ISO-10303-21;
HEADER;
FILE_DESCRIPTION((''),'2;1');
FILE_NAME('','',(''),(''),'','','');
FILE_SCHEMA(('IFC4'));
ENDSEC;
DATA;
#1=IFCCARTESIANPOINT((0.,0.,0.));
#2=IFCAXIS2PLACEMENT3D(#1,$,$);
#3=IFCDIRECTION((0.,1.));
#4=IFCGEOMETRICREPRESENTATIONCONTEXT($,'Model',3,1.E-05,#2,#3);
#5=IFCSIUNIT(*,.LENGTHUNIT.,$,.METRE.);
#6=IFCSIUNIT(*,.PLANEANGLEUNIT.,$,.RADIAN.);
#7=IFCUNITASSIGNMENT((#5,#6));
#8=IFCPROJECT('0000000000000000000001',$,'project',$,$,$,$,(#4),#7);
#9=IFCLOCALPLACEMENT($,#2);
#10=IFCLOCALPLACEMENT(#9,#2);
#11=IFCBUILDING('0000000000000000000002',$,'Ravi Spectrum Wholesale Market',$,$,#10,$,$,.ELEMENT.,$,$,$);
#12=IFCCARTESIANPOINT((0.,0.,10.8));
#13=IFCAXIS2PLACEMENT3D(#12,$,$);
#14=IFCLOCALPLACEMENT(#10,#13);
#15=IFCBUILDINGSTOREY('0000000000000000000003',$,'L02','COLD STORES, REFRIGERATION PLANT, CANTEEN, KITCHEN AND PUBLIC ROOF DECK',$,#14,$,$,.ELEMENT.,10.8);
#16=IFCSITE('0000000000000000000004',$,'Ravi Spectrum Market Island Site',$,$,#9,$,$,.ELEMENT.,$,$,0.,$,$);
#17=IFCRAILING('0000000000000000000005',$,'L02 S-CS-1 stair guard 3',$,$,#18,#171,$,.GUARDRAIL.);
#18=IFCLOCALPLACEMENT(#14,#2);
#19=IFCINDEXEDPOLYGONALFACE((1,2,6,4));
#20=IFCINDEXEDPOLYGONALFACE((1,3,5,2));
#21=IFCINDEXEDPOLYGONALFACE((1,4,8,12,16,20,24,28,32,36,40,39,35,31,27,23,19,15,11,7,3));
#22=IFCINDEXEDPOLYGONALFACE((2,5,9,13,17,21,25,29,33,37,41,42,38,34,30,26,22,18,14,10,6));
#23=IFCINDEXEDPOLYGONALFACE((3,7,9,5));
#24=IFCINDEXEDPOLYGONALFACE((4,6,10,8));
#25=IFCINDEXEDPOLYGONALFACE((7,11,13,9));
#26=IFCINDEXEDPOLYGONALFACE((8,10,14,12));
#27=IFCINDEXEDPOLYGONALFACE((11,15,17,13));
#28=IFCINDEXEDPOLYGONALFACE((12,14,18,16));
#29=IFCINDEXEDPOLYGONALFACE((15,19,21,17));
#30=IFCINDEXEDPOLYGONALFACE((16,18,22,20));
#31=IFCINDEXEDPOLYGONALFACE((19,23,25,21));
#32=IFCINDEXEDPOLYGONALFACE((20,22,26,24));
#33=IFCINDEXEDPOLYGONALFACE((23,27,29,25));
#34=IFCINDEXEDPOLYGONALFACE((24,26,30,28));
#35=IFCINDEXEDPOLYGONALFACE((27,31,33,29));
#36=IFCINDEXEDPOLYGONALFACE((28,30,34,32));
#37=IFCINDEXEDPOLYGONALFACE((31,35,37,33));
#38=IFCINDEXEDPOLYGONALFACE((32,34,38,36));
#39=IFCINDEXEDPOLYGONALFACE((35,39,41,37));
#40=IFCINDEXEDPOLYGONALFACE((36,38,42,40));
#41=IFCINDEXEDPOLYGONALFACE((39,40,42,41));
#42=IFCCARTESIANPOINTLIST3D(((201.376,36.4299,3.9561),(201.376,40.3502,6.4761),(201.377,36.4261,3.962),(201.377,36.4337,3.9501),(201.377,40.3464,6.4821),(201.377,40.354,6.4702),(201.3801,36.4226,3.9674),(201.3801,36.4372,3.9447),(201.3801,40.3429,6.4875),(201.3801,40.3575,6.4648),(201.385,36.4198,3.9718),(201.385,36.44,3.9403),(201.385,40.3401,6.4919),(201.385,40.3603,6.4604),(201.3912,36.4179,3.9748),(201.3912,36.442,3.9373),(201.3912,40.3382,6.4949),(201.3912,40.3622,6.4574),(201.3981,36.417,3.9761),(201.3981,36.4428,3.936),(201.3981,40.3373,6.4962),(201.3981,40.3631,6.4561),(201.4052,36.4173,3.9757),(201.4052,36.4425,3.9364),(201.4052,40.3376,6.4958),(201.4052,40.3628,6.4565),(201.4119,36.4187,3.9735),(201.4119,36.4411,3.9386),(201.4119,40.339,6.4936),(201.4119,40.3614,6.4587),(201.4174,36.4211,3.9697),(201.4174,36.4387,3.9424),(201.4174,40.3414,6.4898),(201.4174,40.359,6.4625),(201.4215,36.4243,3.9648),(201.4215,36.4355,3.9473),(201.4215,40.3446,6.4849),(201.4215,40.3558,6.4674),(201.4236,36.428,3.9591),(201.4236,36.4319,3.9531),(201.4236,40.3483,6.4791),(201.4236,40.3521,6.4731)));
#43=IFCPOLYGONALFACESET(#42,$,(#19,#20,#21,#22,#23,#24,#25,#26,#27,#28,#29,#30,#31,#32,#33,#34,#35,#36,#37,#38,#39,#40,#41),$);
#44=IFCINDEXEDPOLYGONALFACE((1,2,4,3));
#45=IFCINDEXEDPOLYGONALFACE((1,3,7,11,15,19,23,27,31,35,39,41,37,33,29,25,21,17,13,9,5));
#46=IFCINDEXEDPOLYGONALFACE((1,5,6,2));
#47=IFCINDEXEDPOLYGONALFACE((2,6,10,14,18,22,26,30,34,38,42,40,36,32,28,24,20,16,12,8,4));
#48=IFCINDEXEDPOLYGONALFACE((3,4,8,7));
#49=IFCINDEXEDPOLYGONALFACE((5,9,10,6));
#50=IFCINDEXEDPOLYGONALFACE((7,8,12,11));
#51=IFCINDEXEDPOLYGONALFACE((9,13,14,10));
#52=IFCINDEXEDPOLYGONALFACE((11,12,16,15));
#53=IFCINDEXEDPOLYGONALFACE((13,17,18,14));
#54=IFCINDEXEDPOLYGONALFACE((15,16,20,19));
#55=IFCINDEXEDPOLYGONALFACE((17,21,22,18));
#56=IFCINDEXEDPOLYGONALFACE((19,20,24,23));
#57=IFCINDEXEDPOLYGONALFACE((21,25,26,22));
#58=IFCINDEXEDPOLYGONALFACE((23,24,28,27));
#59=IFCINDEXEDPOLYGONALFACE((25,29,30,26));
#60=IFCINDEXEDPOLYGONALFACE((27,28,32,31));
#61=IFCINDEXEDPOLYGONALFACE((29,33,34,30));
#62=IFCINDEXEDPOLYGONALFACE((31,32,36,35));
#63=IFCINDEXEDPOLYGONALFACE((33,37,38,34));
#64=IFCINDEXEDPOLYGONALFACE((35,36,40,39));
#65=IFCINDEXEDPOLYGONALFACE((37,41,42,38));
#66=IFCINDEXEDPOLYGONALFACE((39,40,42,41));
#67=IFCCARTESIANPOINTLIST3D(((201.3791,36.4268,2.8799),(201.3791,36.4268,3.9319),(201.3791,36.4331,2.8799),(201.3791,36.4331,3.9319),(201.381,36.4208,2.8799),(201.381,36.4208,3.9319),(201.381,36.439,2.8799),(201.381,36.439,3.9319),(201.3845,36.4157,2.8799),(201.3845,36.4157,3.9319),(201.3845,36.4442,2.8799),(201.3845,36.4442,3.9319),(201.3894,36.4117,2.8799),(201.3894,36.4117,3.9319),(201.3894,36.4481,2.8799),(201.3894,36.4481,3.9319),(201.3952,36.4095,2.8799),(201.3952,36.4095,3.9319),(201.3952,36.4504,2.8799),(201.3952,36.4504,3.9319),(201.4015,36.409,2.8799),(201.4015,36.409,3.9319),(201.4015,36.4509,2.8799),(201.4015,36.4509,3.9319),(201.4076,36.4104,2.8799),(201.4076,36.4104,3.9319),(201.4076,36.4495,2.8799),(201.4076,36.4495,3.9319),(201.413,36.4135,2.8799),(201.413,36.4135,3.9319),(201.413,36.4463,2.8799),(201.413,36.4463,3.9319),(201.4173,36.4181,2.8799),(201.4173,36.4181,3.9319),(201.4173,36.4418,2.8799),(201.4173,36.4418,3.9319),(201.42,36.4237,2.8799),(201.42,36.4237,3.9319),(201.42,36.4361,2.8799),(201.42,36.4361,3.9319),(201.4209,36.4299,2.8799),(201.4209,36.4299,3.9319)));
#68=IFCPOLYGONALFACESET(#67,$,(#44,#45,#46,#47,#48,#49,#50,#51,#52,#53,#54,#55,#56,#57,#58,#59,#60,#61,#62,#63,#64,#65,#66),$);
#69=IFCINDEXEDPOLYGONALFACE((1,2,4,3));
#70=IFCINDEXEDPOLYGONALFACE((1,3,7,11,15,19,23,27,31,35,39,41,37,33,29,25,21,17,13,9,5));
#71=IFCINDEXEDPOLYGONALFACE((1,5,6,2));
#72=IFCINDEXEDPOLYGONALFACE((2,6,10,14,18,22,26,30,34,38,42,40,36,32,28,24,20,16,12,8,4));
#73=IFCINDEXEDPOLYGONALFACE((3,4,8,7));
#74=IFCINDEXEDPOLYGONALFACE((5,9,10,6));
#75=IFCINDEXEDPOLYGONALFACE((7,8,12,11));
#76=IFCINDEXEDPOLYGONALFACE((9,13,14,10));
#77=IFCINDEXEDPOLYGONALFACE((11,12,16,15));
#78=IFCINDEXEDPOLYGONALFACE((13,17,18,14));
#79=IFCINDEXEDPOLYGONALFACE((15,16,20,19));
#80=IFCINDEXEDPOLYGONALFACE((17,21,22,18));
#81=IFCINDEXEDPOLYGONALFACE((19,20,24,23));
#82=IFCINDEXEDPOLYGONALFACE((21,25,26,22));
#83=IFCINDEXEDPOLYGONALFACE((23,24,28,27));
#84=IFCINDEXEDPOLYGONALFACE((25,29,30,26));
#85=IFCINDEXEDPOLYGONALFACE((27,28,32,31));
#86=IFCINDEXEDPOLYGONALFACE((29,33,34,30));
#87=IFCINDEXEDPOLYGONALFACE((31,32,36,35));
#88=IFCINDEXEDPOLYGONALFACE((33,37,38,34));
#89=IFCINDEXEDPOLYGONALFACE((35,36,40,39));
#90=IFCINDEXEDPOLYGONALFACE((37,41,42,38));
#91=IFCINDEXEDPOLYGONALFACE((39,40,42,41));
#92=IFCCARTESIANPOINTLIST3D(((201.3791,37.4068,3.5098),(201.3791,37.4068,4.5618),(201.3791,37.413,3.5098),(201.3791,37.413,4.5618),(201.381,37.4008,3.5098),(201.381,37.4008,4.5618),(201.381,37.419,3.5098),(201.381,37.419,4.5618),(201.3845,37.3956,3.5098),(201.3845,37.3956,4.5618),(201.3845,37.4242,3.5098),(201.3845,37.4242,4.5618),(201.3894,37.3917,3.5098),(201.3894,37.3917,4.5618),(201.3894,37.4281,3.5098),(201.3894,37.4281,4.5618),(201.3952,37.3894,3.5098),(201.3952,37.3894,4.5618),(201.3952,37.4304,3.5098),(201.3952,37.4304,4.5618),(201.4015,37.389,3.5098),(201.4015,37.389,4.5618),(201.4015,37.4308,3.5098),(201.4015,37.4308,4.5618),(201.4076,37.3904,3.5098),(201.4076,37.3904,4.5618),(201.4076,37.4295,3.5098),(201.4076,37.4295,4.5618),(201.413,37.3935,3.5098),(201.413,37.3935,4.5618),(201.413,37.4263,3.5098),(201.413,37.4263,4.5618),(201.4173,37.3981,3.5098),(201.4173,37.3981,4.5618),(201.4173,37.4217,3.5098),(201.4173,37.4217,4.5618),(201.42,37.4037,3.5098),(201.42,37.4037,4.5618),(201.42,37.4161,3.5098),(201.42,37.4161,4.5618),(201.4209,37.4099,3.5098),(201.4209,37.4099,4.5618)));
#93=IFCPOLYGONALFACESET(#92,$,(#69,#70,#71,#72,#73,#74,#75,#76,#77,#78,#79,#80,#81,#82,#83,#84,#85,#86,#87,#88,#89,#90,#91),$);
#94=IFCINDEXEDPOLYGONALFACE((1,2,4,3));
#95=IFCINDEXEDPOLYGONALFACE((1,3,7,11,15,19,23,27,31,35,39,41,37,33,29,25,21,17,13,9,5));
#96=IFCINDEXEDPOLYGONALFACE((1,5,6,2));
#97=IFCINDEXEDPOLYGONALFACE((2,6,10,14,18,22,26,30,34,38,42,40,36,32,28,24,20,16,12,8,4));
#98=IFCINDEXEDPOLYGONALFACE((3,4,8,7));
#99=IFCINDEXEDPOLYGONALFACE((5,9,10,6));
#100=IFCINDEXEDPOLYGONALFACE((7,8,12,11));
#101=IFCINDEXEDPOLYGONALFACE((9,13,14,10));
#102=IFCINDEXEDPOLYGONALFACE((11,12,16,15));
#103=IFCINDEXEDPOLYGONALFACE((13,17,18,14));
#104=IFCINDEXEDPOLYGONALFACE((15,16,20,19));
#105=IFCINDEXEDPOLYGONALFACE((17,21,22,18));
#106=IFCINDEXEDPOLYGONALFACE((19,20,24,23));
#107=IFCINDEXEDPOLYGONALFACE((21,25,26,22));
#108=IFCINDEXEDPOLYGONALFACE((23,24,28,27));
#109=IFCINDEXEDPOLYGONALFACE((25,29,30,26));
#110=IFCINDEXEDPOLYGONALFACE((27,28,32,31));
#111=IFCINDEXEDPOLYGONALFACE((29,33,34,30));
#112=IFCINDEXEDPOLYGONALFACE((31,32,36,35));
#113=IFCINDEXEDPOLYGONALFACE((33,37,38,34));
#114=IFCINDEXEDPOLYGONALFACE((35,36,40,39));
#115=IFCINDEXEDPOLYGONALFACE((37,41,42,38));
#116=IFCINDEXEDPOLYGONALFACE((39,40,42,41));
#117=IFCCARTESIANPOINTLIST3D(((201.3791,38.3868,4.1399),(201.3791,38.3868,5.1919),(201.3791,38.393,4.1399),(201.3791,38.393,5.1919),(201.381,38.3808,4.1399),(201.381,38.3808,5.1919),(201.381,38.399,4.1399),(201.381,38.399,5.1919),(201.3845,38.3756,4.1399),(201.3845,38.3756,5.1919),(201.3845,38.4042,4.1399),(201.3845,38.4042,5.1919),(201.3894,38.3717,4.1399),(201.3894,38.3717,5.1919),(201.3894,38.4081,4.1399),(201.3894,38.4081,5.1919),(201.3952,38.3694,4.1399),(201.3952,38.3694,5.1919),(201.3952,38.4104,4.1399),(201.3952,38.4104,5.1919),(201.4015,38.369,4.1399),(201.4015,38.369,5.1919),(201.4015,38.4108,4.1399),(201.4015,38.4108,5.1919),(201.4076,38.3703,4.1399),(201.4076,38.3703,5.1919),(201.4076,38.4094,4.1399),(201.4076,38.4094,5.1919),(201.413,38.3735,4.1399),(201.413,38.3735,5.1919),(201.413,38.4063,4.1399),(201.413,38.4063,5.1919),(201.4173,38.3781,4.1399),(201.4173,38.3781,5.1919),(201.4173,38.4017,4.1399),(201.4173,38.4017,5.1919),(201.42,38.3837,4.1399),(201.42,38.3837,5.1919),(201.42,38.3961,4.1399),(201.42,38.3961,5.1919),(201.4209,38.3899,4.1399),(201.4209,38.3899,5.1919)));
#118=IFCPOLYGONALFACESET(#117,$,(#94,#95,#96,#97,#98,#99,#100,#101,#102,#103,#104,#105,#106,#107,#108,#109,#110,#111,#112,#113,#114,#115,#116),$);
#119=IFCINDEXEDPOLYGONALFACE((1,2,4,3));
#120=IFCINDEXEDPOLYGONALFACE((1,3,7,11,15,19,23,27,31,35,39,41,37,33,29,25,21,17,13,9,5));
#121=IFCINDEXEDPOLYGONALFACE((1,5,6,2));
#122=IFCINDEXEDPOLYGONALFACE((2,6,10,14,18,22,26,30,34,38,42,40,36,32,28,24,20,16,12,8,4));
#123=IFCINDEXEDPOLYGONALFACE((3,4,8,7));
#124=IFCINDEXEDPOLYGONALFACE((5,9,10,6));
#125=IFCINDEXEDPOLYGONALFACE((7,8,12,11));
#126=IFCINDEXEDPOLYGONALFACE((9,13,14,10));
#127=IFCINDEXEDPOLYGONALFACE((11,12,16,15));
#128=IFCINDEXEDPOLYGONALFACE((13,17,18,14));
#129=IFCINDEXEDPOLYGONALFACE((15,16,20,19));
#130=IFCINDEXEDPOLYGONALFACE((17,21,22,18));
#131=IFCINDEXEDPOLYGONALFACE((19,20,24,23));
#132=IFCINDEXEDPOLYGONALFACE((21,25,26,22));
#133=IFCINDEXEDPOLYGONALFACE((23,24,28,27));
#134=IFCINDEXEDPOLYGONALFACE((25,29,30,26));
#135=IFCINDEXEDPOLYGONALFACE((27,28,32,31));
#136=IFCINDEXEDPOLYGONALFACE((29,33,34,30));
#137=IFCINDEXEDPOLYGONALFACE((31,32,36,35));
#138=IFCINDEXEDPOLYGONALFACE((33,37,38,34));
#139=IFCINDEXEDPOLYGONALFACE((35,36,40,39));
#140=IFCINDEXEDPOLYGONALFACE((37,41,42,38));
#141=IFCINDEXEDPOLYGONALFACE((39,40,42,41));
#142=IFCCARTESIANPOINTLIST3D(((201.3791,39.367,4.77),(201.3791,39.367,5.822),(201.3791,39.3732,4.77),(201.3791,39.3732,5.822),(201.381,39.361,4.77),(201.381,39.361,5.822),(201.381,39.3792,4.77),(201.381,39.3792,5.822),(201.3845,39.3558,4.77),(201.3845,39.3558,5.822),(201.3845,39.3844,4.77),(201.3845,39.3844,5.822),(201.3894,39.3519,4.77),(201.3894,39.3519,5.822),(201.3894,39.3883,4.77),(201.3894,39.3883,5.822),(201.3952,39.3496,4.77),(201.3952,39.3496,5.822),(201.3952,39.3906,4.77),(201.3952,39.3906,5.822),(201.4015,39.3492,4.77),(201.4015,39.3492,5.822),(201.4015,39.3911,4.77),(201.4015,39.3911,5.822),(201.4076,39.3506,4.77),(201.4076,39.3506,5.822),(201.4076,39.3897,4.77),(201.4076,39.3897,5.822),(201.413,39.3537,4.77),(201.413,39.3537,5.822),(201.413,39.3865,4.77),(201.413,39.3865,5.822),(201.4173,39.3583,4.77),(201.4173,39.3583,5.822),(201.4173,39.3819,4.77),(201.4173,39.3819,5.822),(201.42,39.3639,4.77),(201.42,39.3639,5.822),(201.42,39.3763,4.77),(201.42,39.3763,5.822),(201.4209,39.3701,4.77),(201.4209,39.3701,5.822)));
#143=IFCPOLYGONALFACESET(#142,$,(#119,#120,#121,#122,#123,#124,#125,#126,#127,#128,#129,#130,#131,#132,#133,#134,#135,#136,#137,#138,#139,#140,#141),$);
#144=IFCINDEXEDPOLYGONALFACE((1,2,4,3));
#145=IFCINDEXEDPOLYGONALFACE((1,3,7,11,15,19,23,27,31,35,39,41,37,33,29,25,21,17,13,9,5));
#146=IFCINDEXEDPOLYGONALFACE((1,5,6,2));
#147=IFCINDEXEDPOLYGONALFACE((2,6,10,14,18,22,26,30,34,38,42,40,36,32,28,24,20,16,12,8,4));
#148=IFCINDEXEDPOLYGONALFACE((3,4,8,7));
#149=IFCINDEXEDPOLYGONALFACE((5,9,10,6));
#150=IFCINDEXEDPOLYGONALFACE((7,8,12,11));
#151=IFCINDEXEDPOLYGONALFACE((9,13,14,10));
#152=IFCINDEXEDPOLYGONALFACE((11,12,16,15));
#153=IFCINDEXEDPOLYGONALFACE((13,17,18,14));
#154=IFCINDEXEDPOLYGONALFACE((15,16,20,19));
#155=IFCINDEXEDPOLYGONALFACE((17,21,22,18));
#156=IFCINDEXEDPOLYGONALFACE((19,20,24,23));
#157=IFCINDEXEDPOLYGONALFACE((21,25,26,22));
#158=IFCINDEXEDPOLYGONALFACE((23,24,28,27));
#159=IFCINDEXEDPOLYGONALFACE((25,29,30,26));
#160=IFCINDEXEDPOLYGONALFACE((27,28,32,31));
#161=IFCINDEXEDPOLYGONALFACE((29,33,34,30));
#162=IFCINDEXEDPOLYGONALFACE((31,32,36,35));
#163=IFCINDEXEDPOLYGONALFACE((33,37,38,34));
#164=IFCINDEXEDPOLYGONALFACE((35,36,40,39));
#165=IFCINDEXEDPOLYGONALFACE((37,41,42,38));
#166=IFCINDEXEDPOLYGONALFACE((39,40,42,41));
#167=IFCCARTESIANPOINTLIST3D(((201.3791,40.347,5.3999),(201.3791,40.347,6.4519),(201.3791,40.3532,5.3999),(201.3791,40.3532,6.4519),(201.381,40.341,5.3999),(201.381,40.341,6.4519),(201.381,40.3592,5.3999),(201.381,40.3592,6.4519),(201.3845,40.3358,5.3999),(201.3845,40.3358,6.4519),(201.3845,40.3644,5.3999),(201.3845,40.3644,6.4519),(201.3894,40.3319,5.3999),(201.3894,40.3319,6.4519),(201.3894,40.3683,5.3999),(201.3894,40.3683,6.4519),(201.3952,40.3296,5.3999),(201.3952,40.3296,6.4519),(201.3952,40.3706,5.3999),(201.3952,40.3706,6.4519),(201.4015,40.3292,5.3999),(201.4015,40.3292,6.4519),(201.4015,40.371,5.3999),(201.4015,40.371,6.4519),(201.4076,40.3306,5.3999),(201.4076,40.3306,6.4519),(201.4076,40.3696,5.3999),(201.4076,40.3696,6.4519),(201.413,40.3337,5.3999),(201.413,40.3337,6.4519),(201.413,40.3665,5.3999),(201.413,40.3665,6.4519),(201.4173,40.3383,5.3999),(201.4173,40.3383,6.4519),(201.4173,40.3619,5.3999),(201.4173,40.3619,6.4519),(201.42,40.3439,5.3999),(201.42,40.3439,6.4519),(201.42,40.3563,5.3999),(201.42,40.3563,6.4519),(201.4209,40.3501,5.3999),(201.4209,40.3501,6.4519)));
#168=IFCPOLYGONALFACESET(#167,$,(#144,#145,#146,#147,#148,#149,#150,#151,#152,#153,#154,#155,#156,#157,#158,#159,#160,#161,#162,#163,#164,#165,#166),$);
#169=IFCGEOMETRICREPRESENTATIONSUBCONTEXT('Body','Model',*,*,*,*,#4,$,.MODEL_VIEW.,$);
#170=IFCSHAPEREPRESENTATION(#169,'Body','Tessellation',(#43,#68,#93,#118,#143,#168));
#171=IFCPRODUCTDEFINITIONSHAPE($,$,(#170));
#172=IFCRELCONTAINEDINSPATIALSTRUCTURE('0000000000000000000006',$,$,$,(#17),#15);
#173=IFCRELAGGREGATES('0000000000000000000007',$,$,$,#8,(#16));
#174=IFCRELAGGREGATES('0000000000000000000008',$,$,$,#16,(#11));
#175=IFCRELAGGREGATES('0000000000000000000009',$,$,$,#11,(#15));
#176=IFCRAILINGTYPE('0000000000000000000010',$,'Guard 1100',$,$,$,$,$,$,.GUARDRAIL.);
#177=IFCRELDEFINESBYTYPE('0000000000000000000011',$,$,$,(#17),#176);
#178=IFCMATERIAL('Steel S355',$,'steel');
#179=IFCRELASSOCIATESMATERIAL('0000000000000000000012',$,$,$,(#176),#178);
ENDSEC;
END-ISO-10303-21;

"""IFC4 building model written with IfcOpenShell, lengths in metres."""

from ifc_helpers import new_model, si_unit, direction, frame, origin, origin_2d, place, context, subcontext, project, spatial, circle, extrude, material, type_object, element, save


model = new_model("IFC4")

# Units and contexts
model_context = context("Model", 3, precision=1e-05, world=origin(), true_north=direction((0.0, 1.0)))
body_context = subcontext(model_context, "Body", "Model", "MODEL_VIEW")
ifc_project = project(units=[si_unit("LENGTHUNIT", "METRE"), si_unit("PLANEANGLEUNIT", "RADIAN")], contexts=[model_context])

# Site, building, storey
site_placement = place(None, origin())
site = spatial("IfcSite", under=ifc_project, at=site_placement, Name="Ravi Spectrum Market Island Site", CompositionType="ELEMENT", RefElevation=0.0)
building_placement = place(site_placement, origin())
building = spatial("IfcBuilding", under=site, at=building_placement, Name="Ravi Spectrum Wholesale Market", CompositionType="ELEMENT")
storey_placement = place(building_placement, frame((0.0, 0.0, 10.8)))
storey = spatial("IfcBuildingStorey", under=building, at=storey_placement, Name="L02", Description="COLD STORES, REFRIGERATION PLANT, CANTEEN, KITCHEN AND PUBLIC ROOF DECK", CompositionType="ELEMENT", Elevation=10.8)

# Railing
ifc_material_1 = material(Name="Steel S355", Category="steel")
railing_type_1 = type_object("IfcRailingType", Name="Guard 1100", PredefinedType="GUARDRAIL", material=ifc_material_1)
railing_1_placement = place(storey_placement, frame((201.3999, 36.4299, 2.8799)))
element("IfcRailing", 1, at=railing_1_placement, inside=storey, type_object=railing_type_1, Name="L02 S-CS-1 stair guard 3", PredefinedType="GUARDRAIL", context=body_context, shape_type="SweptSolid", body=[
    extrude(circle(Radius=0.0239, at=origin_2d()), frame((0.0, 0.0, 1.0762), z_axis=(0.0, 0.841187, 0.540744), x_axis=(-1.0, 0.0, 0.0)), (0.0, 0.0, 1.0), 4.6604),
    extrude(circle(Radius=0.021, at=origin_2d()), origin(), (0.0, 0.0, 1.0), 1.052),
    extrude(circle(Radius=0.021, at=origin_2d()), frame((0.0, 0.98, 0.6299)), (0.0, 0.0, 1.0), 1.052),
    extrude(circle(Radius=0.021, at=origin_2d()), frame((0.0, 1.96, 1.26)), (0.0, 0.0, 1.0), 1.052),
    extrude(circle(Radius=0.021, at=origin_2d()), frame((0.0, 2.9402, 1.8901)), (0.0, 0.0, 1.0), 1.052),
    extrude(circle(Radius=0.021, at=origin_2d()), frame((0.0, 3.9202, 2.52)), (0.0, 0.0, 1.0), 1.052),
])

save(model, "model.ifc")
